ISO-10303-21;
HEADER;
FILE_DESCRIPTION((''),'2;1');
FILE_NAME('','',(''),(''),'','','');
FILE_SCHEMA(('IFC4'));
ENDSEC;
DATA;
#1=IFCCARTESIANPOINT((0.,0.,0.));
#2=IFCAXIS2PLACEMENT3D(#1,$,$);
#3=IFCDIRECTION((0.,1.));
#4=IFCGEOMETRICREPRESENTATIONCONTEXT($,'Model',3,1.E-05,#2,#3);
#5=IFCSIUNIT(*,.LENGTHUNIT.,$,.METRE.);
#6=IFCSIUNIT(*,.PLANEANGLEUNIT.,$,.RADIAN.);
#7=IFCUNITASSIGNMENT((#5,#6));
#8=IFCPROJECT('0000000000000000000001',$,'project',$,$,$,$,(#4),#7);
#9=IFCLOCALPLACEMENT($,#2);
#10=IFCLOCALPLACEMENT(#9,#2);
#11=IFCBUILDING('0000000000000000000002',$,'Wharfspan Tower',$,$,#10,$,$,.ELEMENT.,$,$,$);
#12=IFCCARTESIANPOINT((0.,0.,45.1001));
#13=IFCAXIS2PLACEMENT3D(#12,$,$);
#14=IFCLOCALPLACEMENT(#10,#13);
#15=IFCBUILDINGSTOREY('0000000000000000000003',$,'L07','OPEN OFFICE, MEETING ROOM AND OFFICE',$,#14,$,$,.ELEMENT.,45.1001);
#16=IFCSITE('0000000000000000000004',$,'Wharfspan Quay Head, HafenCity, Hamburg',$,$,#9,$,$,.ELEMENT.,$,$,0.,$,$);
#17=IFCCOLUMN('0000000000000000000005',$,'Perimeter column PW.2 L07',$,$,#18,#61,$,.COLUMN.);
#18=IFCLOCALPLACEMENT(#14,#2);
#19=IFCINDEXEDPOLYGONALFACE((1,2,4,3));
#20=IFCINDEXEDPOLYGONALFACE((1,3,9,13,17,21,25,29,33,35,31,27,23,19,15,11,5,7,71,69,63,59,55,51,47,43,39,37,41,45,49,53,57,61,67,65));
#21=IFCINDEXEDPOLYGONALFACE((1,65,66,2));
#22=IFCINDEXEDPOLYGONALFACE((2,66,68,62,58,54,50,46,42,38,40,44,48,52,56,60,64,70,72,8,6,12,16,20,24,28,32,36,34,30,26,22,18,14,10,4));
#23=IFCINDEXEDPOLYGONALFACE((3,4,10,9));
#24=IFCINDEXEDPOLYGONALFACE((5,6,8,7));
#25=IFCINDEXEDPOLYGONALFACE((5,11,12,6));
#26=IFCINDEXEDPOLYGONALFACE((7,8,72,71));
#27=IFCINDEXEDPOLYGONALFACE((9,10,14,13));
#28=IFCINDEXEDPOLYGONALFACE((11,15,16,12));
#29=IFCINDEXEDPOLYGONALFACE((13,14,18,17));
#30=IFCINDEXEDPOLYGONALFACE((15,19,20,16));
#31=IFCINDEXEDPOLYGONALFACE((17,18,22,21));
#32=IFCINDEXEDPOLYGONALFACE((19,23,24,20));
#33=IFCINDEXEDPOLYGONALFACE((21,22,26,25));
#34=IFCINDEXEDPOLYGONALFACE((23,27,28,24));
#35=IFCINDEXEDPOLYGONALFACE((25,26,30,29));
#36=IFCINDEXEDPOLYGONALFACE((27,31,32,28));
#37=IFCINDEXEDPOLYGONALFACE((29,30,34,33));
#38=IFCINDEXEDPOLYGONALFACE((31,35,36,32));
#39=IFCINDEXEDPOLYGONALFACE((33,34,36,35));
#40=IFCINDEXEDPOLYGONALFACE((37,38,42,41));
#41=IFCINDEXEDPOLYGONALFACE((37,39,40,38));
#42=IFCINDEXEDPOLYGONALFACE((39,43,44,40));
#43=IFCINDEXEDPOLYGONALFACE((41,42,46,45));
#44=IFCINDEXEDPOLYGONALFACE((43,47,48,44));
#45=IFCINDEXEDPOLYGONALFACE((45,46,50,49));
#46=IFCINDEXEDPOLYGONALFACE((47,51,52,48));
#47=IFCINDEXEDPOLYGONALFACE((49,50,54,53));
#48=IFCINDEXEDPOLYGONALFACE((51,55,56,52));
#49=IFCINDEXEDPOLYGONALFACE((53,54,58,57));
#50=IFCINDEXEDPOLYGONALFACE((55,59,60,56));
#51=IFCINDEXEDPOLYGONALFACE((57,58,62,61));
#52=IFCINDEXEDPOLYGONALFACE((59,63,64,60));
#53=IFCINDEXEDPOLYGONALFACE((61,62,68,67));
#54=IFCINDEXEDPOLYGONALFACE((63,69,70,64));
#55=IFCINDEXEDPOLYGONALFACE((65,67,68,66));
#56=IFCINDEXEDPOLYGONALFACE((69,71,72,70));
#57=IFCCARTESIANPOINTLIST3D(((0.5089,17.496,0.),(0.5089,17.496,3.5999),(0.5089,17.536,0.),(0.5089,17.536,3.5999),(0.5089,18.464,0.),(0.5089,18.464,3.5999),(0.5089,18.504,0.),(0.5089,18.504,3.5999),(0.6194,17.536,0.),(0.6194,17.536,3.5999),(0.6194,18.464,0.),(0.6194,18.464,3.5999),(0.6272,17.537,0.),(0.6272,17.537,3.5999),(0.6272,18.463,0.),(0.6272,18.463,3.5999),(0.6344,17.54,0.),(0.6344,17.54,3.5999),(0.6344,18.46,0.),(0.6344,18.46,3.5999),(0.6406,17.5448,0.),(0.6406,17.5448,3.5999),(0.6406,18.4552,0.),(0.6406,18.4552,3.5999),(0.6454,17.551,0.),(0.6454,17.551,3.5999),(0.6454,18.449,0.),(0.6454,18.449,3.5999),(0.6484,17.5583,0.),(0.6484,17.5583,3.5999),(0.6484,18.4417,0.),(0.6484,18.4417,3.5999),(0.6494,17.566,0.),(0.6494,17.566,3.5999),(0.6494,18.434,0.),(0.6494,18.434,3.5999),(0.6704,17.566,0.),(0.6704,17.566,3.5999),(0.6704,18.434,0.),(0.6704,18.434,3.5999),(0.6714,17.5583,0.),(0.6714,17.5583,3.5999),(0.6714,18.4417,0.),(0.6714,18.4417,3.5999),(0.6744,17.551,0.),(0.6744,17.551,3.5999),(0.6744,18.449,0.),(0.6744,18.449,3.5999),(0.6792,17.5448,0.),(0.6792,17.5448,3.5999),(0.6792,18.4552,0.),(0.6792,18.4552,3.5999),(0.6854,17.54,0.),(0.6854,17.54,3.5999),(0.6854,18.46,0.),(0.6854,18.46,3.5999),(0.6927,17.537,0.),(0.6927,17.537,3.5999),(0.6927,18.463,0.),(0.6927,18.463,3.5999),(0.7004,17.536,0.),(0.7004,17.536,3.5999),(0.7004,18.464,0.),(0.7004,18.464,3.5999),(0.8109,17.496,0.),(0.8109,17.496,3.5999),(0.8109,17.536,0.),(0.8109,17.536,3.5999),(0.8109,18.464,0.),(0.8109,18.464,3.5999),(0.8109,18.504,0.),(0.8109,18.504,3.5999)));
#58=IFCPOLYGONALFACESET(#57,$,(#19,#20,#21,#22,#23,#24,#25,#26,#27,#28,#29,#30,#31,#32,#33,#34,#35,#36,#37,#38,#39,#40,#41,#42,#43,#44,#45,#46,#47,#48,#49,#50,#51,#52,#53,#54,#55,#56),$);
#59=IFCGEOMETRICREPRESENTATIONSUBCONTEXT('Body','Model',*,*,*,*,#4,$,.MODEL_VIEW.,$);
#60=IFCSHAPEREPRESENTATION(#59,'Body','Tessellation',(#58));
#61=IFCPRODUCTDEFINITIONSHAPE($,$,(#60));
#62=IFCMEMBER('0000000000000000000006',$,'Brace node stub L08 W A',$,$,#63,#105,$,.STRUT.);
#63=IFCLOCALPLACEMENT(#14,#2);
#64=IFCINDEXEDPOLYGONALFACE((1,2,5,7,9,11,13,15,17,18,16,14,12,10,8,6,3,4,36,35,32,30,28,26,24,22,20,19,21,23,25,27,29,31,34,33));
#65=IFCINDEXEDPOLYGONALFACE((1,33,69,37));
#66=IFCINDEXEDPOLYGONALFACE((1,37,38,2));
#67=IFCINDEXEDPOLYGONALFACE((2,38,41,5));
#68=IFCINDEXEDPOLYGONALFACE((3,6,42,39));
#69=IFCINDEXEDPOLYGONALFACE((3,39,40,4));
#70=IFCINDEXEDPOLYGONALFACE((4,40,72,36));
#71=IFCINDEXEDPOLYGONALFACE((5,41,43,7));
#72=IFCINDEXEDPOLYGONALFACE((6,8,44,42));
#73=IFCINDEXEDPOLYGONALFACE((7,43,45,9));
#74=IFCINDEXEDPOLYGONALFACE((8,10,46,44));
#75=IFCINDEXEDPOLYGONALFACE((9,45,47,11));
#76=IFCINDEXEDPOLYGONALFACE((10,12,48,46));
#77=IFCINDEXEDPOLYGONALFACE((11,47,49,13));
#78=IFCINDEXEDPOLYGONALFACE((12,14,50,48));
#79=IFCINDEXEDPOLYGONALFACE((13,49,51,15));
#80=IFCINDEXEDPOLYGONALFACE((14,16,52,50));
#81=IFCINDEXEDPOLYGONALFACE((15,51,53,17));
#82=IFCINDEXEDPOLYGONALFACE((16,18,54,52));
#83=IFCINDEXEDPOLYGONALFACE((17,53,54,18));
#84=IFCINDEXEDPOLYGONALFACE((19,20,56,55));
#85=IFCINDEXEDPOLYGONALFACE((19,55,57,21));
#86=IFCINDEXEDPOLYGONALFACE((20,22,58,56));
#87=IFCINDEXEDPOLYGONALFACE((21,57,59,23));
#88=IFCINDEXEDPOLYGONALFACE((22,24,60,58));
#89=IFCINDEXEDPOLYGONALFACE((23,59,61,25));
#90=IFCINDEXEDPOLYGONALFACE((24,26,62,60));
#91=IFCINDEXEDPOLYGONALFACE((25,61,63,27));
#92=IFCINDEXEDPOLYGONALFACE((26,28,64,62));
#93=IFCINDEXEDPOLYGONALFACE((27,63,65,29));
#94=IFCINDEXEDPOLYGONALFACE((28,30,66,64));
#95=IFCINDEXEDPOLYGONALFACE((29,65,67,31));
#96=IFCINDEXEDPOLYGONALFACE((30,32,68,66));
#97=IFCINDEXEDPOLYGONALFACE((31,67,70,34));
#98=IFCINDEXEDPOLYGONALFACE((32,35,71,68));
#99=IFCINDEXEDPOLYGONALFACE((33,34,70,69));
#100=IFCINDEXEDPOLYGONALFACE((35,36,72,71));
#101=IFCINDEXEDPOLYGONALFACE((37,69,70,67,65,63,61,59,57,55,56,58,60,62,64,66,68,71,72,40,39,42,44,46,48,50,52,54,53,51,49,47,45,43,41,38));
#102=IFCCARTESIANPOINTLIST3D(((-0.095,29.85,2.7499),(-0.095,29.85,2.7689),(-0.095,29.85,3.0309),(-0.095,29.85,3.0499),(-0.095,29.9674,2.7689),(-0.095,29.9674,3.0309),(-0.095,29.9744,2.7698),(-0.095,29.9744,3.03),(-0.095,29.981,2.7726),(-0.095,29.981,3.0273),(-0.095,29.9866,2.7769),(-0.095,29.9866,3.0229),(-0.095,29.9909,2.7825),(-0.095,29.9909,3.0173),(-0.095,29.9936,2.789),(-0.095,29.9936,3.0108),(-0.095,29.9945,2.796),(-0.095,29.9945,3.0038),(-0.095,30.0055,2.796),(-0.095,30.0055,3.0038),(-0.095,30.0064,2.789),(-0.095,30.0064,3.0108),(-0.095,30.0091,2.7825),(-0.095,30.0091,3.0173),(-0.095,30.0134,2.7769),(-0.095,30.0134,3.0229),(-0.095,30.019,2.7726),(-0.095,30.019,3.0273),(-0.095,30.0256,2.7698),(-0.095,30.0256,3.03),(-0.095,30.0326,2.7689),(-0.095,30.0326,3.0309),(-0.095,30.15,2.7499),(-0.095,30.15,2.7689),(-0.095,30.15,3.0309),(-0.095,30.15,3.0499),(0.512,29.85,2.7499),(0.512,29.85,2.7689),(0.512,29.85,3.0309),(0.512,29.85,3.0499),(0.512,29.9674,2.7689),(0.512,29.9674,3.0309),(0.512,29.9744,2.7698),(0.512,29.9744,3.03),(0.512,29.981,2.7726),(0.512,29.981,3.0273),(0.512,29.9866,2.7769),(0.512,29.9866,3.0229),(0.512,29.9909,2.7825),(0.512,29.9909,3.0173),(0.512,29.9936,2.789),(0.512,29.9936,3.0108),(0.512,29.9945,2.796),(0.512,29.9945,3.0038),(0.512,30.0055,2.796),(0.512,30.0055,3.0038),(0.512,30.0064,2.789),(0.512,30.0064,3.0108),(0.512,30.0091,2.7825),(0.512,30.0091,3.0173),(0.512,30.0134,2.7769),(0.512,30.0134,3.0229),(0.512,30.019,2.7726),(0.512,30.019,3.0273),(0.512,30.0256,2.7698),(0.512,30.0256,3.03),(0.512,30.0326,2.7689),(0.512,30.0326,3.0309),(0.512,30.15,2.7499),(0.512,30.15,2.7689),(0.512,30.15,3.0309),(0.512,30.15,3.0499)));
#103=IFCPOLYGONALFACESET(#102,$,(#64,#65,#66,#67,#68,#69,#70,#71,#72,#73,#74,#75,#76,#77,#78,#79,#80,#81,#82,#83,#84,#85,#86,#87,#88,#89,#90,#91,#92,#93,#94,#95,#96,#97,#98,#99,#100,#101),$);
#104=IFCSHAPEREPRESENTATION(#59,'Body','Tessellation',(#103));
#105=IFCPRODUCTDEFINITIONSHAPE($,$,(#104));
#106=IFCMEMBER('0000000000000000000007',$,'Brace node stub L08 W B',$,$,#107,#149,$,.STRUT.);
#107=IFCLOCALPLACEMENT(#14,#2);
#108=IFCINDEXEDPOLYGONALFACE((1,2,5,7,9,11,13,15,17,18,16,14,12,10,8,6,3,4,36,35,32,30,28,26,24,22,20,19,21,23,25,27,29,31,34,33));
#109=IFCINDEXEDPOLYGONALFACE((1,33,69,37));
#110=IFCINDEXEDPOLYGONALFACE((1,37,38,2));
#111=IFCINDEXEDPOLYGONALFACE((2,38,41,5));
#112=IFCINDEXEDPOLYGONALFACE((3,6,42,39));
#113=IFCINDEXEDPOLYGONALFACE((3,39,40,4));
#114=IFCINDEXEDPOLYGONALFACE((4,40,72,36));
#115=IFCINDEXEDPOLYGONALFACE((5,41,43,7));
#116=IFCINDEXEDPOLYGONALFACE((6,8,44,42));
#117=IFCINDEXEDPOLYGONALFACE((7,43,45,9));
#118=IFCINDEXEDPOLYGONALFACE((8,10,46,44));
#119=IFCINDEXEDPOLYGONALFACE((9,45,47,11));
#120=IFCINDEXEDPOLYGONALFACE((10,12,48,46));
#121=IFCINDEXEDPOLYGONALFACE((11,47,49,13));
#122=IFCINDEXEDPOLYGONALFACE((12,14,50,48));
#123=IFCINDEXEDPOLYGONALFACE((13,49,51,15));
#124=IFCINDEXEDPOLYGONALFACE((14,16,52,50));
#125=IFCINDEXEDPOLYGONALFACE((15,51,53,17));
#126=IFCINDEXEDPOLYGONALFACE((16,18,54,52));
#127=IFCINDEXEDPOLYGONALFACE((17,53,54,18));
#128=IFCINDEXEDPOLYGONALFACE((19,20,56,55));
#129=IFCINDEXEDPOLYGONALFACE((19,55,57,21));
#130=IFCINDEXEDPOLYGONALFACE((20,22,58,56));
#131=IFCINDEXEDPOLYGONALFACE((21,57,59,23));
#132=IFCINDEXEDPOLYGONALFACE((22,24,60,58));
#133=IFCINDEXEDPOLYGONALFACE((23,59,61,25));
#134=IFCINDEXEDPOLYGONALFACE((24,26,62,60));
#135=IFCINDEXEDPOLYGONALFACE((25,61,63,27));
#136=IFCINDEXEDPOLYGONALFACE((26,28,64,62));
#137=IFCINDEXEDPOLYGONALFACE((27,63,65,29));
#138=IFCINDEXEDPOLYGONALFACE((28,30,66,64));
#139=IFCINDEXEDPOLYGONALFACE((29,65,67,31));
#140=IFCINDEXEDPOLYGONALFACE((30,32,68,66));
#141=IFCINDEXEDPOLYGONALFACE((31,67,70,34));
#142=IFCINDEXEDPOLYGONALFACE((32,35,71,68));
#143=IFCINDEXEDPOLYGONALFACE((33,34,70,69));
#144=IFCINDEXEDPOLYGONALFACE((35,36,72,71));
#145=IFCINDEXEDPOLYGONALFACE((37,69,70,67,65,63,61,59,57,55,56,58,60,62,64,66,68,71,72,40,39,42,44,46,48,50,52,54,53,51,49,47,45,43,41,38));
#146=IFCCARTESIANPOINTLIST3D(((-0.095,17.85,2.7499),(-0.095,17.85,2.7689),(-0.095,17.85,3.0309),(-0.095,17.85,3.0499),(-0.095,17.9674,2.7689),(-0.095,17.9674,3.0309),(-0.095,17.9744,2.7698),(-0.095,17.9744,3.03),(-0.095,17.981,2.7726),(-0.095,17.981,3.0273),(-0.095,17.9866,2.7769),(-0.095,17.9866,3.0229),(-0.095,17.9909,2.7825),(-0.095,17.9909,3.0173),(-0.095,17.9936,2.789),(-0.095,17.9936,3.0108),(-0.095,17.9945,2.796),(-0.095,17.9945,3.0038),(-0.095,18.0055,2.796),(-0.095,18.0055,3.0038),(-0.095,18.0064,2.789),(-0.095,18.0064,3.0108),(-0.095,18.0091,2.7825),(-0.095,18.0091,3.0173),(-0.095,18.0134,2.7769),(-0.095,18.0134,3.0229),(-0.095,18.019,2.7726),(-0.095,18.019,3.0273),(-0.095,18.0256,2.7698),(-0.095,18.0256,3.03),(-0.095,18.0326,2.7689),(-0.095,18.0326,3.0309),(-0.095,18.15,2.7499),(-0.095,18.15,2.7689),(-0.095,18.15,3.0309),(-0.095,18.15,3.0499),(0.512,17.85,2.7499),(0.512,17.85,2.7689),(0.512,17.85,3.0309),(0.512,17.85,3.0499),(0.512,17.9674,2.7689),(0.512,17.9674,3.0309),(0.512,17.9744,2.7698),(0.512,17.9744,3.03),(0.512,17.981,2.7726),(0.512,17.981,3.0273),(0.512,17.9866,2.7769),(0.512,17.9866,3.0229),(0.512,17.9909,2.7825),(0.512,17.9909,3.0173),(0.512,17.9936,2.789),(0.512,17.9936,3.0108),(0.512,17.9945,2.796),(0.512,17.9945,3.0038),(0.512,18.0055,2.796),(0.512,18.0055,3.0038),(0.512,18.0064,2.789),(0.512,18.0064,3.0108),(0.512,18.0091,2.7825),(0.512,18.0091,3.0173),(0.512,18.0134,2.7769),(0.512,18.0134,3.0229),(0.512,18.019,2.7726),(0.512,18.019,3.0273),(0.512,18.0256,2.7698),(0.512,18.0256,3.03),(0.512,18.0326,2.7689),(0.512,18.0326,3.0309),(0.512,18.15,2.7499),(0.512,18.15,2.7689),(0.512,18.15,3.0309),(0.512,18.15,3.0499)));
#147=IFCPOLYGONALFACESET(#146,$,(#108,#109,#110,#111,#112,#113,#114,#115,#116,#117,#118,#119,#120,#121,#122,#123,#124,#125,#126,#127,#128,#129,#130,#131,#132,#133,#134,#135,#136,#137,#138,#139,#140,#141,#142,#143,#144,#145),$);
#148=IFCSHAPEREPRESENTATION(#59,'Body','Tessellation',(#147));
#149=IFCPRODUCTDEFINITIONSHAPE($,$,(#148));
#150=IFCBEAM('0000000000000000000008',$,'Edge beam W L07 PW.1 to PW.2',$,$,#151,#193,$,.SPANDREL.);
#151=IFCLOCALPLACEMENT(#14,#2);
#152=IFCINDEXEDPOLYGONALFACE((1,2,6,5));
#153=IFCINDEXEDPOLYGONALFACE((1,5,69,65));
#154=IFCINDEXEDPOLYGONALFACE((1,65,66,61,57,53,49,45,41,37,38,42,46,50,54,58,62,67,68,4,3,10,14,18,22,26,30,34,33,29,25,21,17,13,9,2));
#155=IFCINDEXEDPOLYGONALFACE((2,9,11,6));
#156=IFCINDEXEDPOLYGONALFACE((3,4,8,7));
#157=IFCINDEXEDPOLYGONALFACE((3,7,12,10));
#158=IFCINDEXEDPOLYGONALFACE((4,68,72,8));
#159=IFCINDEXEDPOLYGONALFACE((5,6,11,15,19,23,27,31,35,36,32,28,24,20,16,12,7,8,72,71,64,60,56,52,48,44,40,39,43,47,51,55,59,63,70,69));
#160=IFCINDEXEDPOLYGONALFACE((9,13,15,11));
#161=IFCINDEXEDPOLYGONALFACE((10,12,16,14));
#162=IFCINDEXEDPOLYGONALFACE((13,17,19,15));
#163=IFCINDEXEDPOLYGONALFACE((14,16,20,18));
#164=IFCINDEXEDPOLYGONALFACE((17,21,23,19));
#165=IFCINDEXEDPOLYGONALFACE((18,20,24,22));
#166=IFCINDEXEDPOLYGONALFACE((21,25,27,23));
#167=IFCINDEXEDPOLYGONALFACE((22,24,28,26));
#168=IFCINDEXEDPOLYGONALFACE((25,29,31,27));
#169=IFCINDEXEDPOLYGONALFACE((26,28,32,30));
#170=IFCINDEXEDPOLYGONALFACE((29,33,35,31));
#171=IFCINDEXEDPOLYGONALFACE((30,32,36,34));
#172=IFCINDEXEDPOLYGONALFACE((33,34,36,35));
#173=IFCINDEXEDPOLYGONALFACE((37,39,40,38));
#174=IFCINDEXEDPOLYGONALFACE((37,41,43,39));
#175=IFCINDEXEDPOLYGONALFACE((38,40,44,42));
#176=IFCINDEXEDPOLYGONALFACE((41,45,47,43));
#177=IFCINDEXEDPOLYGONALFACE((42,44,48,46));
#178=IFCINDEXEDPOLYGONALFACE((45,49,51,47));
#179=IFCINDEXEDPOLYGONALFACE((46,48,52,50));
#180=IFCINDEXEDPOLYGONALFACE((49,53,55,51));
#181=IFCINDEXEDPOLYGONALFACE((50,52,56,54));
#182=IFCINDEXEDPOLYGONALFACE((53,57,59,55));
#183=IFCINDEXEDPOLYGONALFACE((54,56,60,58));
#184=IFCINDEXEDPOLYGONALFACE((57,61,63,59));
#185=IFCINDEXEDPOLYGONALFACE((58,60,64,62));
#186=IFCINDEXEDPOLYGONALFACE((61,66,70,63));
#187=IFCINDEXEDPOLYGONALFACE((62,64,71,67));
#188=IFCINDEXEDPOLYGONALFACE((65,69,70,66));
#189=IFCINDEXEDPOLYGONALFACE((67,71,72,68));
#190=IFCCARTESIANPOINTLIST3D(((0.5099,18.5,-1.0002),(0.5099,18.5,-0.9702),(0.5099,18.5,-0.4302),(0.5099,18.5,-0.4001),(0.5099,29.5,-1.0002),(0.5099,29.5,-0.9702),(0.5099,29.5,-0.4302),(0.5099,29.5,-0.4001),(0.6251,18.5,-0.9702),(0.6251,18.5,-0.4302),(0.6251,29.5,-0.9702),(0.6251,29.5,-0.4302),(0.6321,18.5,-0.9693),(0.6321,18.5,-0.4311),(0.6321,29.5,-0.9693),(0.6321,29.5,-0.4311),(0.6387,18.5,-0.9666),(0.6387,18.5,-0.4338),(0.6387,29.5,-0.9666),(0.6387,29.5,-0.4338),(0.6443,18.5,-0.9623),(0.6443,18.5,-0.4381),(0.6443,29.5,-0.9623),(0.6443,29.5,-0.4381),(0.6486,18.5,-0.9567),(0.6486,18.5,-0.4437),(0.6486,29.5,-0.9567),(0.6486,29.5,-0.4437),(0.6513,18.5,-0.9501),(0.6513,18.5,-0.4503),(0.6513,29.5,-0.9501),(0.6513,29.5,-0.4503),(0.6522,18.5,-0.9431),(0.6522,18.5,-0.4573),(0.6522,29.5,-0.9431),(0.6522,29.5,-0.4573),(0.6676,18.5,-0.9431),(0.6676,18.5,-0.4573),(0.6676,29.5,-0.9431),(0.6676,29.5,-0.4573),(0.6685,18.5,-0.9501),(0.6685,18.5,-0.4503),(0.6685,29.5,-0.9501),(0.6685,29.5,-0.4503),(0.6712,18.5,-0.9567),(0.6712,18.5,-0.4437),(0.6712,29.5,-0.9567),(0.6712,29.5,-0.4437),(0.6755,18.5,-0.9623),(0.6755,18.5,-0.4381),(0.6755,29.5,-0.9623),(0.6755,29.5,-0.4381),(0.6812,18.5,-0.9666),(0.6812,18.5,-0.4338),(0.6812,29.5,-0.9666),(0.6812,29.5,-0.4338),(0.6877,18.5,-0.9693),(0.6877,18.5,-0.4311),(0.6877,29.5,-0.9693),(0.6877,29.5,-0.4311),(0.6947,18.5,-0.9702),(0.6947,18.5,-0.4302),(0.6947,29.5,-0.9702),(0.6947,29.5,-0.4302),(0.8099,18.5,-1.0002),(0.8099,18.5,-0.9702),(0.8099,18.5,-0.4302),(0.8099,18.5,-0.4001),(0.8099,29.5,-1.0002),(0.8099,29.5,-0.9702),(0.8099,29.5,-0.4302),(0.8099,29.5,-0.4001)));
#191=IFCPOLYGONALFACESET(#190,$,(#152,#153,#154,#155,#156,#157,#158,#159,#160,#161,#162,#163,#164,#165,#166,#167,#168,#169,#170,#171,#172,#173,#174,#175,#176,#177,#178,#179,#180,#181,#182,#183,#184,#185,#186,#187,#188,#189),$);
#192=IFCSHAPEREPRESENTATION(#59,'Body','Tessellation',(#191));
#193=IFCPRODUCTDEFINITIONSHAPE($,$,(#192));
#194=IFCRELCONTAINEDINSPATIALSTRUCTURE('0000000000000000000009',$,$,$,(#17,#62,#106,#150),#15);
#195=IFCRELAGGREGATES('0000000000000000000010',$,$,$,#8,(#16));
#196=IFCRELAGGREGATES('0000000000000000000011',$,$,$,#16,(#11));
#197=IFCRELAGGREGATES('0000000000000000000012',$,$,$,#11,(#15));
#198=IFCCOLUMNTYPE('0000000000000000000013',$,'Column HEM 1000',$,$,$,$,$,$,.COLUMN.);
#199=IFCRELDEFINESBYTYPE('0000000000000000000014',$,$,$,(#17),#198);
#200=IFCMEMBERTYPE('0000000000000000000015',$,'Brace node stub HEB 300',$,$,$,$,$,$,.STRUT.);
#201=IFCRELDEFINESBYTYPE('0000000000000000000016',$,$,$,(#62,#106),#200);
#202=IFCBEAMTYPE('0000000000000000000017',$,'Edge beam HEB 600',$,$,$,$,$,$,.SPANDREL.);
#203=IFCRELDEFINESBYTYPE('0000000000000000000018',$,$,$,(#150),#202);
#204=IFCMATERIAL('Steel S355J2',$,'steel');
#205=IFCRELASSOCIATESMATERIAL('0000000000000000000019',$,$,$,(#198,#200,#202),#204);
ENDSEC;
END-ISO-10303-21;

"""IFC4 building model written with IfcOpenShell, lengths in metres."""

from ifc_helpers import new_model, si_unit, direction, frame, origin, origin_2d, place, context, subcontext, project, spatial, i_section, extrude, material, material_profile, profile_set, type_object, element, save


model = new_model("IFC4")

# Units and contexts
model_context = context("Model", 3, precision=1e-05, world=origin(), true_north=direction((0.0, 1.0)))
body_context = subcontext(model_context, "Body", "Model", "MODEL_VIEW")
ifc_project = project(units=[si_unit("LENGTHUNIT", "METRE"), si_unit("PLANEANGLEUNIT", "RADIAN")], contexts=[model_context])

# Site, building, storey
site_placement = place(None, origin())
site = spatial("IfcSite", under=ifc_project, at=site_placement, Name="Wharfspan Quay Head, HafenCity, Hamburg", CompositionType="ELEMENT", RefElevation=0.0)
building_placement = place(site_placement, origin())
building = spatial("IfcBuilding", under=site, at=building_placement, Name="Wharfspan Tower", CompositionType="ELEMENT")
storey_placement = place(building_placement, frame((0.0, 0.0, 45.1001)))
storey = spatial("IfcBuildingStorey", under=building, at=storey_placement, Name="L07", Description="OPEN OFFICE, MEETING ROOM AND OFFICE", CompositionType="ELEMENT", Elevation=45.1001)

# Column
ifc_material_1 = material(Name="Steel S355J2", Category="steel")
ifc_material_profile_1 = material_profile(ifc_material_1, i_section(OverallWidth=0.302, OverallDepth=1.0081, WebThickness=0.021, FlangeThickness=0.04, FilletRadius=0.03, at=origin_2d()))
ifc_profile_set_1 = profile_set([ifc_material_profile_1], Name="Steel S355J2")
column_type = type_object("IfcColumnType", Name="Column HEM 1000", PredefinedType="COLUMN", material=ifc_profile_set_1)
column_placement = place(storey_placement, frame((0.6599, 18.0, 0.0), z_axis=(0.0, 0.0, 1.0), x_axis=(-1.0, 0.0, 0.0)))
element("IfcColumn", 1, at=column_placement, inside=storey, type_object=column_type, Name="Perimeter column PW.2 L07", PredefinedType="COLUMN", context=body_context, shape_type="SweptSolid", body=[
    extrude(i_section(OverallWidth=0.302, OverallDepth=1.0081, WebThickness=0.021, FlangeThickness=0.04, FilletRadius=0.03, at=origin_2d()), origin(), (0.0, 0.0, 1.0), 3.5999),
])

# Members
ifc_material_profile_2 = material_profile(ifc_material_1, i_section(OverallWidth=0.3, OverallDepth=0.3, WebThickness=0.011, FlangeThickness=0.019, FilletRadius=0.0271, at=origin_2d()))
ifc_profile_set_2 = profile_set([ifc_material_profile_2], Name="Steel S355J2")
member_type_1 = type_object("IfcMemberType", Name="Brace node stub HEB 300", PredefinedType="STRUT", material=ifc_profile_set_2)
for number, where, z_axis, x_axis, name in (
    (2, (0.512, 30.0, 2.8999), (-1.0, 0.0, 0.0), (0.0, -1.0, 0.0), "Brace node stub L08 W A"),
    (3, (0.512, 18.0, 2.8999), (-1.0, 0.0, 0.0), (0.0, -1.0, 0.0), "Brace node stub L08 W B"),
):
    element("IfcMember", number, at=place(storey_placement, frame(where, z_axis=z_axis, x_axis=x_axis)), inside=storey, type_object=member_type_1, Name=name, PredefinedType="STRUT", context=body_context, shape_type="SweptSolid", body=[
        extrude(i_section(OverallWidth=0.3, OverallDepth=0.3, WebThickness=0.011, FlangeThickness=0.019, FilletRadius=0.0271, at=origin_2d()), origin(), (0.0, 0.0, 1.0), 0.6069),
    ])

# Beam
ifc_material_profile_3 = material_profile(ifc_material_1, i_section(OverallWidth=0.3, OverallDepth=0.6001, WebThickness=0.0154, FlangeThickness=0.03, FilletRadius=0.0271, at=origin_2d()))
ifc_profile_set_3 = profile_set([ifc_material_profile_3], Name="Steel S355J2")
beam_type = type_object("IfcBeamType", Name="Edge beam HEB 600", PredefinedType="SPANDREL", material=ifc_profile_set_3)
beam_placement = place(storey_placement, frame((0.6599, 29.5, -0.7002), z_axis=(0.0, -1.0, 0.0), x_axis=(1.0, 0.0, 0.0)))
element("IfcBeam", 4, at=beam_placement, inside=storey, type_object=beam_type, Name="Edge beam W L07 PW.1 to PW.2", PredefinedType="SPANDREL", context=body_context, shape_type="SweptSolid", body=[
    extrude(i_section(OverallWidth=0.3, OverallDepth=0.6001, WebThickness=0.0154, FlangeThickness=0.03, FilletRadius=0.0271, at=origin_2d()), origin(), (0.0, 0.0, 1.0), 11.0),
])

save(model, "model.ifc")
